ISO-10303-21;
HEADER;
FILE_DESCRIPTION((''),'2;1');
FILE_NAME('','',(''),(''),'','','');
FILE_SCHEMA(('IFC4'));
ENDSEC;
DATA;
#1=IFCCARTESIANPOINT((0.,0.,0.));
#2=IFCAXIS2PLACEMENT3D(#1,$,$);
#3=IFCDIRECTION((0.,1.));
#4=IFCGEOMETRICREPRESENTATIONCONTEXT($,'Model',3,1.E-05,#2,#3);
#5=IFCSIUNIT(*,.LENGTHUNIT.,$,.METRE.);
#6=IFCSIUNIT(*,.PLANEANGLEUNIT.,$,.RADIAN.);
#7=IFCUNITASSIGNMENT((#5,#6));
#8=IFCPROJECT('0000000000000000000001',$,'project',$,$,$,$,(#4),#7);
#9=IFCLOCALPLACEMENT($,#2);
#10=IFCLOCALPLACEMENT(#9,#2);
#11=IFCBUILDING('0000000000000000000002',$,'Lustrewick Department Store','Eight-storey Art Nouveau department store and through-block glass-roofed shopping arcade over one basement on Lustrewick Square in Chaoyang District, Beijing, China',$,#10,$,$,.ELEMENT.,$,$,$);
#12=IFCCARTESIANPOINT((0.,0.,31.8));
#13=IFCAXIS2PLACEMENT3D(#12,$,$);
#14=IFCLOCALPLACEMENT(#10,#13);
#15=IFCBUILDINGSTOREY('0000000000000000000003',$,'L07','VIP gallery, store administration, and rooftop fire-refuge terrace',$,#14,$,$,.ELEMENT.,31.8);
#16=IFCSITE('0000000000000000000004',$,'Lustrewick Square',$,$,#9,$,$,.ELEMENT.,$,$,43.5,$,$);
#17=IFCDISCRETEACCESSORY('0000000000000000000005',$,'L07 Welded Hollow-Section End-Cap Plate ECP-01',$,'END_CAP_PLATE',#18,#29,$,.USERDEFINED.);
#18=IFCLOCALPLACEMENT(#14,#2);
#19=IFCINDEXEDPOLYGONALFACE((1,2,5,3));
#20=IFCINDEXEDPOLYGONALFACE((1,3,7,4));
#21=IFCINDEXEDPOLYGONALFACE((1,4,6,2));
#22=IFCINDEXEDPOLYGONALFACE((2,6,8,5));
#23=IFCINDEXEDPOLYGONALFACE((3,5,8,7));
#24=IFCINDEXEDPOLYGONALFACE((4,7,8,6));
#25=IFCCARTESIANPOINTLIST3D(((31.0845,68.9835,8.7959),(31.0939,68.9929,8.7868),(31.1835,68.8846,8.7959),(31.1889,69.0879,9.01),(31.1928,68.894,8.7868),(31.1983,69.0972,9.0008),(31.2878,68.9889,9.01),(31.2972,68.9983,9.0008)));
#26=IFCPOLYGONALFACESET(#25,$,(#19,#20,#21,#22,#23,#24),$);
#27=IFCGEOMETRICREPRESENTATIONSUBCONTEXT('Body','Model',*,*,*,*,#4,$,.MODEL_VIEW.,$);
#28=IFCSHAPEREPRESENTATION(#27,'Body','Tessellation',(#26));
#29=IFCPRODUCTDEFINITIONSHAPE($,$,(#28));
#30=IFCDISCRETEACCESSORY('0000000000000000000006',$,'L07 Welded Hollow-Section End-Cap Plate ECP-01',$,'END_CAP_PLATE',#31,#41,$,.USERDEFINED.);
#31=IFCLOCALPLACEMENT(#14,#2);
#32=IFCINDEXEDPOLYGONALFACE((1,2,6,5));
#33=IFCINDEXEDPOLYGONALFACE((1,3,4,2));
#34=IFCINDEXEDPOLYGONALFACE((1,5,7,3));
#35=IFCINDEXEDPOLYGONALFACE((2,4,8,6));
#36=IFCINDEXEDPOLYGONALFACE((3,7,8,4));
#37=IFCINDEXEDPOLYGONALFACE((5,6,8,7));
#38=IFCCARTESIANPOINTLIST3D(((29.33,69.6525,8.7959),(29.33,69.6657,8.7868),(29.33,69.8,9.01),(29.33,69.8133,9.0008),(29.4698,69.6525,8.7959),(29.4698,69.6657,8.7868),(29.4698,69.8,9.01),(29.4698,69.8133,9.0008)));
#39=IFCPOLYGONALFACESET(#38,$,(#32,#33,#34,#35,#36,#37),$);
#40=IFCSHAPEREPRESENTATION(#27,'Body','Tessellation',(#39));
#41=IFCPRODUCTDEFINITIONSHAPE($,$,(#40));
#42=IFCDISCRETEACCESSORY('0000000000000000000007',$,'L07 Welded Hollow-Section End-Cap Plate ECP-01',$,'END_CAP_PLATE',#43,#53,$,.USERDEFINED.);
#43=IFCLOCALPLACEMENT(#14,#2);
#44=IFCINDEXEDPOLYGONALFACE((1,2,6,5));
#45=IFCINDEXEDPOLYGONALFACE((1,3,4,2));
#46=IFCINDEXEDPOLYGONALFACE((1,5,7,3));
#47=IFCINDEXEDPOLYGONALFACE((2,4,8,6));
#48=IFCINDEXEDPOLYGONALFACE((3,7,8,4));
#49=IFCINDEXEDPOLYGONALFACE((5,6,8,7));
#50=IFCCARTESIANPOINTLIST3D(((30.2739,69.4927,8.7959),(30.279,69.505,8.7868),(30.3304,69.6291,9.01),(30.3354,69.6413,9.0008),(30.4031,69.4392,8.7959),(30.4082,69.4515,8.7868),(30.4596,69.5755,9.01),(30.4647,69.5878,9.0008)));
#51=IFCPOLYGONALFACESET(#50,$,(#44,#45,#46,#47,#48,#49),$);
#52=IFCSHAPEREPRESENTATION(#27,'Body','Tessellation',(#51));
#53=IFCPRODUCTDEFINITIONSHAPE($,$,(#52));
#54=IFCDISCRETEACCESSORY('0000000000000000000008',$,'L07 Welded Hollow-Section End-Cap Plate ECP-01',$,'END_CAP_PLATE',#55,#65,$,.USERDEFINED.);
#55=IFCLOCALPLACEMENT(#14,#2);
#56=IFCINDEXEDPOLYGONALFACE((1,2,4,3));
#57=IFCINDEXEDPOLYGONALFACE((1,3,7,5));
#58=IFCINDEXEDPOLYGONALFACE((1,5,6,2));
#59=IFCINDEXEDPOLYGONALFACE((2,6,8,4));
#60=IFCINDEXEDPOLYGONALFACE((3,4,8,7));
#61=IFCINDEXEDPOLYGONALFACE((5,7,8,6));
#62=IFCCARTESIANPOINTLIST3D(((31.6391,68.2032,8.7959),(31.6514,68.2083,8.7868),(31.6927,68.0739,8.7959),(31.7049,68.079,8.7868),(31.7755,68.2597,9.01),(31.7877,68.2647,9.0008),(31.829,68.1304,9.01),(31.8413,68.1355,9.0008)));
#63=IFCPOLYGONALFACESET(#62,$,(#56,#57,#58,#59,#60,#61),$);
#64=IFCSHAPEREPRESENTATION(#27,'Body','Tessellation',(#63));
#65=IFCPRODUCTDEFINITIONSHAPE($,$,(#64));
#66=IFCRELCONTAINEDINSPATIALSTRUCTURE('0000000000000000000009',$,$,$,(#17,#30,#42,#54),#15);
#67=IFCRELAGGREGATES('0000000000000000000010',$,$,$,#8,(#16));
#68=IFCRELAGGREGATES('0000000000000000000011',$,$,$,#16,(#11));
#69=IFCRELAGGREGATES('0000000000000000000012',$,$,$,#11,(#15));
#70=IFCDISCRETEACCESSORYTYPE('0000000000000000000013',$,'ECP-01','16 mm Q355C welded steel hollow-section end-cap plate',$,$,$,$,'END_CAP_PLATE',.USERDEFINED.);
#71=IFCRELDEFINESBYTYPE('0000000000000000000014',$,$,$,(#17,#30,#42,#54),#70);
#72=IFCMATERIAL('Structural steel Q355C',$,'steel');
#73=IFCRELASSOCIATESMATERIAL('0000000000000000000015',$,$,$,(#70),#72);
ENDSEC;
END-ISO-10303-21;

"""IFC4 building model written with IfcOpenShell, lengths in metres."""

from ifc_helpers import new_model, si_unit, direction, frame, origin, origin_2d, place, context, subcontext, project, spatial, rectangle, extrude, material, type_object, element, save


model = new_model("IFC4")

# Units and contexts
model_context = context("Model", 3, precision=1e-05, world=origin(), true_north=direction((0.0, 1.0)))
body_context = subcontext(model_context, "Body", "Model", "MODEL_VIEW")
ifc_project = project(units=[si_unit("LENGTHUNIT", "METRE"), si_unit("PLANEANGLEUNIT", "RADIAN")], contexts=[model_context])

# Site, building, storey
site_placement = place(None, origin())
site = spatial("IfcSite", under=ifc_project, at=site_placement, Name="Lustrewick Square", CompositionType="ELEMENT", RefElevation=43.5)
building_placement = place(site_placement, origin())
building = spatial("IfcBuilding", under=site, at=building_placement, Name="Lustrewick Department Store", Description="Eight-storey Art Nouveau department store and through-block glass-roofed shopping arcade over one basement on Lustrewick Square in Chaoyang District, Beijing, China", CompositionType="ELEMENT")
storey_placement = place(building_placement, frame((0.0, 0.0, 31.8)))
storey = spatial("IfcBuildingStorey", under=building, at=storey_placement, Name="L07", Description="VIP gallery, store administration, and rooftop fire-refuge terrace", CompositionType="ELEMENT", Elevation=31.8)

# Shared definitions
ifc_material = material(Name="Structural steel Q355C", Category="steel")

# Discrete accessories
discrete_accessory_type_1 = type_object("IfcDiscreteAccessoryType", Name="ECP-01", Description="16 mm Q355C welded steel hollow-section end-cap plate", ElementType="END_CAP_PLATE", PredefinedType="USERDEFINED", material=ifc_material)
for number, where, z_axis, x_axis, name in (
    (1, (31.1956, 68.9956, 8.8938), (-0.582215, -0.582215, 0.567496), (0.707107, -0.707107, 0.0), "L07 Welded Hollow-Section End-Cap Plate ECP-01"),
    (2, (29.3999, 69.7395, 8.8938), (0.0, -0.823365, 0.567512), (1.0, 0.0, 0.0), "L07 Welded Hollow-Section End-Cap Plate ECP-01"),
    (3, (30.3718, 69.5464, 8.8938), (-0.315107, -0.760678, 0.567518), (0.923869, -0.382708, 0.0), "L07 Welded Hollow-Section End-Cap Plate ECP-01"),
    (4, (31.7463, 68.1719, 8.8938), (-0.760678, -0.315107, 0.567518), (0.382708, -0.923869, 0.0), "L07 Welded Hollow-Section End-Cap Plate ECP-01"),
):
    element("IfcDiscreteAccessory", number, at=place(storey_placement, frame(where, z_axis=z_axis, x_axis=x_axis)), inside=storey, type_object=discrete_accessory_type_1, Name=name, ObjectType="END_CAP_PLATE", PredefinedType="USERDEFINED", context=body_context, shape_type="SweptSolid", body=[
        extrude(rectangle(XDim=0.1399, YDim=0.26, at=origin_2d()), origin(), (0.0, 0.0, 1.0), 0.0161),
    ])

save(model, "model.ifc")
